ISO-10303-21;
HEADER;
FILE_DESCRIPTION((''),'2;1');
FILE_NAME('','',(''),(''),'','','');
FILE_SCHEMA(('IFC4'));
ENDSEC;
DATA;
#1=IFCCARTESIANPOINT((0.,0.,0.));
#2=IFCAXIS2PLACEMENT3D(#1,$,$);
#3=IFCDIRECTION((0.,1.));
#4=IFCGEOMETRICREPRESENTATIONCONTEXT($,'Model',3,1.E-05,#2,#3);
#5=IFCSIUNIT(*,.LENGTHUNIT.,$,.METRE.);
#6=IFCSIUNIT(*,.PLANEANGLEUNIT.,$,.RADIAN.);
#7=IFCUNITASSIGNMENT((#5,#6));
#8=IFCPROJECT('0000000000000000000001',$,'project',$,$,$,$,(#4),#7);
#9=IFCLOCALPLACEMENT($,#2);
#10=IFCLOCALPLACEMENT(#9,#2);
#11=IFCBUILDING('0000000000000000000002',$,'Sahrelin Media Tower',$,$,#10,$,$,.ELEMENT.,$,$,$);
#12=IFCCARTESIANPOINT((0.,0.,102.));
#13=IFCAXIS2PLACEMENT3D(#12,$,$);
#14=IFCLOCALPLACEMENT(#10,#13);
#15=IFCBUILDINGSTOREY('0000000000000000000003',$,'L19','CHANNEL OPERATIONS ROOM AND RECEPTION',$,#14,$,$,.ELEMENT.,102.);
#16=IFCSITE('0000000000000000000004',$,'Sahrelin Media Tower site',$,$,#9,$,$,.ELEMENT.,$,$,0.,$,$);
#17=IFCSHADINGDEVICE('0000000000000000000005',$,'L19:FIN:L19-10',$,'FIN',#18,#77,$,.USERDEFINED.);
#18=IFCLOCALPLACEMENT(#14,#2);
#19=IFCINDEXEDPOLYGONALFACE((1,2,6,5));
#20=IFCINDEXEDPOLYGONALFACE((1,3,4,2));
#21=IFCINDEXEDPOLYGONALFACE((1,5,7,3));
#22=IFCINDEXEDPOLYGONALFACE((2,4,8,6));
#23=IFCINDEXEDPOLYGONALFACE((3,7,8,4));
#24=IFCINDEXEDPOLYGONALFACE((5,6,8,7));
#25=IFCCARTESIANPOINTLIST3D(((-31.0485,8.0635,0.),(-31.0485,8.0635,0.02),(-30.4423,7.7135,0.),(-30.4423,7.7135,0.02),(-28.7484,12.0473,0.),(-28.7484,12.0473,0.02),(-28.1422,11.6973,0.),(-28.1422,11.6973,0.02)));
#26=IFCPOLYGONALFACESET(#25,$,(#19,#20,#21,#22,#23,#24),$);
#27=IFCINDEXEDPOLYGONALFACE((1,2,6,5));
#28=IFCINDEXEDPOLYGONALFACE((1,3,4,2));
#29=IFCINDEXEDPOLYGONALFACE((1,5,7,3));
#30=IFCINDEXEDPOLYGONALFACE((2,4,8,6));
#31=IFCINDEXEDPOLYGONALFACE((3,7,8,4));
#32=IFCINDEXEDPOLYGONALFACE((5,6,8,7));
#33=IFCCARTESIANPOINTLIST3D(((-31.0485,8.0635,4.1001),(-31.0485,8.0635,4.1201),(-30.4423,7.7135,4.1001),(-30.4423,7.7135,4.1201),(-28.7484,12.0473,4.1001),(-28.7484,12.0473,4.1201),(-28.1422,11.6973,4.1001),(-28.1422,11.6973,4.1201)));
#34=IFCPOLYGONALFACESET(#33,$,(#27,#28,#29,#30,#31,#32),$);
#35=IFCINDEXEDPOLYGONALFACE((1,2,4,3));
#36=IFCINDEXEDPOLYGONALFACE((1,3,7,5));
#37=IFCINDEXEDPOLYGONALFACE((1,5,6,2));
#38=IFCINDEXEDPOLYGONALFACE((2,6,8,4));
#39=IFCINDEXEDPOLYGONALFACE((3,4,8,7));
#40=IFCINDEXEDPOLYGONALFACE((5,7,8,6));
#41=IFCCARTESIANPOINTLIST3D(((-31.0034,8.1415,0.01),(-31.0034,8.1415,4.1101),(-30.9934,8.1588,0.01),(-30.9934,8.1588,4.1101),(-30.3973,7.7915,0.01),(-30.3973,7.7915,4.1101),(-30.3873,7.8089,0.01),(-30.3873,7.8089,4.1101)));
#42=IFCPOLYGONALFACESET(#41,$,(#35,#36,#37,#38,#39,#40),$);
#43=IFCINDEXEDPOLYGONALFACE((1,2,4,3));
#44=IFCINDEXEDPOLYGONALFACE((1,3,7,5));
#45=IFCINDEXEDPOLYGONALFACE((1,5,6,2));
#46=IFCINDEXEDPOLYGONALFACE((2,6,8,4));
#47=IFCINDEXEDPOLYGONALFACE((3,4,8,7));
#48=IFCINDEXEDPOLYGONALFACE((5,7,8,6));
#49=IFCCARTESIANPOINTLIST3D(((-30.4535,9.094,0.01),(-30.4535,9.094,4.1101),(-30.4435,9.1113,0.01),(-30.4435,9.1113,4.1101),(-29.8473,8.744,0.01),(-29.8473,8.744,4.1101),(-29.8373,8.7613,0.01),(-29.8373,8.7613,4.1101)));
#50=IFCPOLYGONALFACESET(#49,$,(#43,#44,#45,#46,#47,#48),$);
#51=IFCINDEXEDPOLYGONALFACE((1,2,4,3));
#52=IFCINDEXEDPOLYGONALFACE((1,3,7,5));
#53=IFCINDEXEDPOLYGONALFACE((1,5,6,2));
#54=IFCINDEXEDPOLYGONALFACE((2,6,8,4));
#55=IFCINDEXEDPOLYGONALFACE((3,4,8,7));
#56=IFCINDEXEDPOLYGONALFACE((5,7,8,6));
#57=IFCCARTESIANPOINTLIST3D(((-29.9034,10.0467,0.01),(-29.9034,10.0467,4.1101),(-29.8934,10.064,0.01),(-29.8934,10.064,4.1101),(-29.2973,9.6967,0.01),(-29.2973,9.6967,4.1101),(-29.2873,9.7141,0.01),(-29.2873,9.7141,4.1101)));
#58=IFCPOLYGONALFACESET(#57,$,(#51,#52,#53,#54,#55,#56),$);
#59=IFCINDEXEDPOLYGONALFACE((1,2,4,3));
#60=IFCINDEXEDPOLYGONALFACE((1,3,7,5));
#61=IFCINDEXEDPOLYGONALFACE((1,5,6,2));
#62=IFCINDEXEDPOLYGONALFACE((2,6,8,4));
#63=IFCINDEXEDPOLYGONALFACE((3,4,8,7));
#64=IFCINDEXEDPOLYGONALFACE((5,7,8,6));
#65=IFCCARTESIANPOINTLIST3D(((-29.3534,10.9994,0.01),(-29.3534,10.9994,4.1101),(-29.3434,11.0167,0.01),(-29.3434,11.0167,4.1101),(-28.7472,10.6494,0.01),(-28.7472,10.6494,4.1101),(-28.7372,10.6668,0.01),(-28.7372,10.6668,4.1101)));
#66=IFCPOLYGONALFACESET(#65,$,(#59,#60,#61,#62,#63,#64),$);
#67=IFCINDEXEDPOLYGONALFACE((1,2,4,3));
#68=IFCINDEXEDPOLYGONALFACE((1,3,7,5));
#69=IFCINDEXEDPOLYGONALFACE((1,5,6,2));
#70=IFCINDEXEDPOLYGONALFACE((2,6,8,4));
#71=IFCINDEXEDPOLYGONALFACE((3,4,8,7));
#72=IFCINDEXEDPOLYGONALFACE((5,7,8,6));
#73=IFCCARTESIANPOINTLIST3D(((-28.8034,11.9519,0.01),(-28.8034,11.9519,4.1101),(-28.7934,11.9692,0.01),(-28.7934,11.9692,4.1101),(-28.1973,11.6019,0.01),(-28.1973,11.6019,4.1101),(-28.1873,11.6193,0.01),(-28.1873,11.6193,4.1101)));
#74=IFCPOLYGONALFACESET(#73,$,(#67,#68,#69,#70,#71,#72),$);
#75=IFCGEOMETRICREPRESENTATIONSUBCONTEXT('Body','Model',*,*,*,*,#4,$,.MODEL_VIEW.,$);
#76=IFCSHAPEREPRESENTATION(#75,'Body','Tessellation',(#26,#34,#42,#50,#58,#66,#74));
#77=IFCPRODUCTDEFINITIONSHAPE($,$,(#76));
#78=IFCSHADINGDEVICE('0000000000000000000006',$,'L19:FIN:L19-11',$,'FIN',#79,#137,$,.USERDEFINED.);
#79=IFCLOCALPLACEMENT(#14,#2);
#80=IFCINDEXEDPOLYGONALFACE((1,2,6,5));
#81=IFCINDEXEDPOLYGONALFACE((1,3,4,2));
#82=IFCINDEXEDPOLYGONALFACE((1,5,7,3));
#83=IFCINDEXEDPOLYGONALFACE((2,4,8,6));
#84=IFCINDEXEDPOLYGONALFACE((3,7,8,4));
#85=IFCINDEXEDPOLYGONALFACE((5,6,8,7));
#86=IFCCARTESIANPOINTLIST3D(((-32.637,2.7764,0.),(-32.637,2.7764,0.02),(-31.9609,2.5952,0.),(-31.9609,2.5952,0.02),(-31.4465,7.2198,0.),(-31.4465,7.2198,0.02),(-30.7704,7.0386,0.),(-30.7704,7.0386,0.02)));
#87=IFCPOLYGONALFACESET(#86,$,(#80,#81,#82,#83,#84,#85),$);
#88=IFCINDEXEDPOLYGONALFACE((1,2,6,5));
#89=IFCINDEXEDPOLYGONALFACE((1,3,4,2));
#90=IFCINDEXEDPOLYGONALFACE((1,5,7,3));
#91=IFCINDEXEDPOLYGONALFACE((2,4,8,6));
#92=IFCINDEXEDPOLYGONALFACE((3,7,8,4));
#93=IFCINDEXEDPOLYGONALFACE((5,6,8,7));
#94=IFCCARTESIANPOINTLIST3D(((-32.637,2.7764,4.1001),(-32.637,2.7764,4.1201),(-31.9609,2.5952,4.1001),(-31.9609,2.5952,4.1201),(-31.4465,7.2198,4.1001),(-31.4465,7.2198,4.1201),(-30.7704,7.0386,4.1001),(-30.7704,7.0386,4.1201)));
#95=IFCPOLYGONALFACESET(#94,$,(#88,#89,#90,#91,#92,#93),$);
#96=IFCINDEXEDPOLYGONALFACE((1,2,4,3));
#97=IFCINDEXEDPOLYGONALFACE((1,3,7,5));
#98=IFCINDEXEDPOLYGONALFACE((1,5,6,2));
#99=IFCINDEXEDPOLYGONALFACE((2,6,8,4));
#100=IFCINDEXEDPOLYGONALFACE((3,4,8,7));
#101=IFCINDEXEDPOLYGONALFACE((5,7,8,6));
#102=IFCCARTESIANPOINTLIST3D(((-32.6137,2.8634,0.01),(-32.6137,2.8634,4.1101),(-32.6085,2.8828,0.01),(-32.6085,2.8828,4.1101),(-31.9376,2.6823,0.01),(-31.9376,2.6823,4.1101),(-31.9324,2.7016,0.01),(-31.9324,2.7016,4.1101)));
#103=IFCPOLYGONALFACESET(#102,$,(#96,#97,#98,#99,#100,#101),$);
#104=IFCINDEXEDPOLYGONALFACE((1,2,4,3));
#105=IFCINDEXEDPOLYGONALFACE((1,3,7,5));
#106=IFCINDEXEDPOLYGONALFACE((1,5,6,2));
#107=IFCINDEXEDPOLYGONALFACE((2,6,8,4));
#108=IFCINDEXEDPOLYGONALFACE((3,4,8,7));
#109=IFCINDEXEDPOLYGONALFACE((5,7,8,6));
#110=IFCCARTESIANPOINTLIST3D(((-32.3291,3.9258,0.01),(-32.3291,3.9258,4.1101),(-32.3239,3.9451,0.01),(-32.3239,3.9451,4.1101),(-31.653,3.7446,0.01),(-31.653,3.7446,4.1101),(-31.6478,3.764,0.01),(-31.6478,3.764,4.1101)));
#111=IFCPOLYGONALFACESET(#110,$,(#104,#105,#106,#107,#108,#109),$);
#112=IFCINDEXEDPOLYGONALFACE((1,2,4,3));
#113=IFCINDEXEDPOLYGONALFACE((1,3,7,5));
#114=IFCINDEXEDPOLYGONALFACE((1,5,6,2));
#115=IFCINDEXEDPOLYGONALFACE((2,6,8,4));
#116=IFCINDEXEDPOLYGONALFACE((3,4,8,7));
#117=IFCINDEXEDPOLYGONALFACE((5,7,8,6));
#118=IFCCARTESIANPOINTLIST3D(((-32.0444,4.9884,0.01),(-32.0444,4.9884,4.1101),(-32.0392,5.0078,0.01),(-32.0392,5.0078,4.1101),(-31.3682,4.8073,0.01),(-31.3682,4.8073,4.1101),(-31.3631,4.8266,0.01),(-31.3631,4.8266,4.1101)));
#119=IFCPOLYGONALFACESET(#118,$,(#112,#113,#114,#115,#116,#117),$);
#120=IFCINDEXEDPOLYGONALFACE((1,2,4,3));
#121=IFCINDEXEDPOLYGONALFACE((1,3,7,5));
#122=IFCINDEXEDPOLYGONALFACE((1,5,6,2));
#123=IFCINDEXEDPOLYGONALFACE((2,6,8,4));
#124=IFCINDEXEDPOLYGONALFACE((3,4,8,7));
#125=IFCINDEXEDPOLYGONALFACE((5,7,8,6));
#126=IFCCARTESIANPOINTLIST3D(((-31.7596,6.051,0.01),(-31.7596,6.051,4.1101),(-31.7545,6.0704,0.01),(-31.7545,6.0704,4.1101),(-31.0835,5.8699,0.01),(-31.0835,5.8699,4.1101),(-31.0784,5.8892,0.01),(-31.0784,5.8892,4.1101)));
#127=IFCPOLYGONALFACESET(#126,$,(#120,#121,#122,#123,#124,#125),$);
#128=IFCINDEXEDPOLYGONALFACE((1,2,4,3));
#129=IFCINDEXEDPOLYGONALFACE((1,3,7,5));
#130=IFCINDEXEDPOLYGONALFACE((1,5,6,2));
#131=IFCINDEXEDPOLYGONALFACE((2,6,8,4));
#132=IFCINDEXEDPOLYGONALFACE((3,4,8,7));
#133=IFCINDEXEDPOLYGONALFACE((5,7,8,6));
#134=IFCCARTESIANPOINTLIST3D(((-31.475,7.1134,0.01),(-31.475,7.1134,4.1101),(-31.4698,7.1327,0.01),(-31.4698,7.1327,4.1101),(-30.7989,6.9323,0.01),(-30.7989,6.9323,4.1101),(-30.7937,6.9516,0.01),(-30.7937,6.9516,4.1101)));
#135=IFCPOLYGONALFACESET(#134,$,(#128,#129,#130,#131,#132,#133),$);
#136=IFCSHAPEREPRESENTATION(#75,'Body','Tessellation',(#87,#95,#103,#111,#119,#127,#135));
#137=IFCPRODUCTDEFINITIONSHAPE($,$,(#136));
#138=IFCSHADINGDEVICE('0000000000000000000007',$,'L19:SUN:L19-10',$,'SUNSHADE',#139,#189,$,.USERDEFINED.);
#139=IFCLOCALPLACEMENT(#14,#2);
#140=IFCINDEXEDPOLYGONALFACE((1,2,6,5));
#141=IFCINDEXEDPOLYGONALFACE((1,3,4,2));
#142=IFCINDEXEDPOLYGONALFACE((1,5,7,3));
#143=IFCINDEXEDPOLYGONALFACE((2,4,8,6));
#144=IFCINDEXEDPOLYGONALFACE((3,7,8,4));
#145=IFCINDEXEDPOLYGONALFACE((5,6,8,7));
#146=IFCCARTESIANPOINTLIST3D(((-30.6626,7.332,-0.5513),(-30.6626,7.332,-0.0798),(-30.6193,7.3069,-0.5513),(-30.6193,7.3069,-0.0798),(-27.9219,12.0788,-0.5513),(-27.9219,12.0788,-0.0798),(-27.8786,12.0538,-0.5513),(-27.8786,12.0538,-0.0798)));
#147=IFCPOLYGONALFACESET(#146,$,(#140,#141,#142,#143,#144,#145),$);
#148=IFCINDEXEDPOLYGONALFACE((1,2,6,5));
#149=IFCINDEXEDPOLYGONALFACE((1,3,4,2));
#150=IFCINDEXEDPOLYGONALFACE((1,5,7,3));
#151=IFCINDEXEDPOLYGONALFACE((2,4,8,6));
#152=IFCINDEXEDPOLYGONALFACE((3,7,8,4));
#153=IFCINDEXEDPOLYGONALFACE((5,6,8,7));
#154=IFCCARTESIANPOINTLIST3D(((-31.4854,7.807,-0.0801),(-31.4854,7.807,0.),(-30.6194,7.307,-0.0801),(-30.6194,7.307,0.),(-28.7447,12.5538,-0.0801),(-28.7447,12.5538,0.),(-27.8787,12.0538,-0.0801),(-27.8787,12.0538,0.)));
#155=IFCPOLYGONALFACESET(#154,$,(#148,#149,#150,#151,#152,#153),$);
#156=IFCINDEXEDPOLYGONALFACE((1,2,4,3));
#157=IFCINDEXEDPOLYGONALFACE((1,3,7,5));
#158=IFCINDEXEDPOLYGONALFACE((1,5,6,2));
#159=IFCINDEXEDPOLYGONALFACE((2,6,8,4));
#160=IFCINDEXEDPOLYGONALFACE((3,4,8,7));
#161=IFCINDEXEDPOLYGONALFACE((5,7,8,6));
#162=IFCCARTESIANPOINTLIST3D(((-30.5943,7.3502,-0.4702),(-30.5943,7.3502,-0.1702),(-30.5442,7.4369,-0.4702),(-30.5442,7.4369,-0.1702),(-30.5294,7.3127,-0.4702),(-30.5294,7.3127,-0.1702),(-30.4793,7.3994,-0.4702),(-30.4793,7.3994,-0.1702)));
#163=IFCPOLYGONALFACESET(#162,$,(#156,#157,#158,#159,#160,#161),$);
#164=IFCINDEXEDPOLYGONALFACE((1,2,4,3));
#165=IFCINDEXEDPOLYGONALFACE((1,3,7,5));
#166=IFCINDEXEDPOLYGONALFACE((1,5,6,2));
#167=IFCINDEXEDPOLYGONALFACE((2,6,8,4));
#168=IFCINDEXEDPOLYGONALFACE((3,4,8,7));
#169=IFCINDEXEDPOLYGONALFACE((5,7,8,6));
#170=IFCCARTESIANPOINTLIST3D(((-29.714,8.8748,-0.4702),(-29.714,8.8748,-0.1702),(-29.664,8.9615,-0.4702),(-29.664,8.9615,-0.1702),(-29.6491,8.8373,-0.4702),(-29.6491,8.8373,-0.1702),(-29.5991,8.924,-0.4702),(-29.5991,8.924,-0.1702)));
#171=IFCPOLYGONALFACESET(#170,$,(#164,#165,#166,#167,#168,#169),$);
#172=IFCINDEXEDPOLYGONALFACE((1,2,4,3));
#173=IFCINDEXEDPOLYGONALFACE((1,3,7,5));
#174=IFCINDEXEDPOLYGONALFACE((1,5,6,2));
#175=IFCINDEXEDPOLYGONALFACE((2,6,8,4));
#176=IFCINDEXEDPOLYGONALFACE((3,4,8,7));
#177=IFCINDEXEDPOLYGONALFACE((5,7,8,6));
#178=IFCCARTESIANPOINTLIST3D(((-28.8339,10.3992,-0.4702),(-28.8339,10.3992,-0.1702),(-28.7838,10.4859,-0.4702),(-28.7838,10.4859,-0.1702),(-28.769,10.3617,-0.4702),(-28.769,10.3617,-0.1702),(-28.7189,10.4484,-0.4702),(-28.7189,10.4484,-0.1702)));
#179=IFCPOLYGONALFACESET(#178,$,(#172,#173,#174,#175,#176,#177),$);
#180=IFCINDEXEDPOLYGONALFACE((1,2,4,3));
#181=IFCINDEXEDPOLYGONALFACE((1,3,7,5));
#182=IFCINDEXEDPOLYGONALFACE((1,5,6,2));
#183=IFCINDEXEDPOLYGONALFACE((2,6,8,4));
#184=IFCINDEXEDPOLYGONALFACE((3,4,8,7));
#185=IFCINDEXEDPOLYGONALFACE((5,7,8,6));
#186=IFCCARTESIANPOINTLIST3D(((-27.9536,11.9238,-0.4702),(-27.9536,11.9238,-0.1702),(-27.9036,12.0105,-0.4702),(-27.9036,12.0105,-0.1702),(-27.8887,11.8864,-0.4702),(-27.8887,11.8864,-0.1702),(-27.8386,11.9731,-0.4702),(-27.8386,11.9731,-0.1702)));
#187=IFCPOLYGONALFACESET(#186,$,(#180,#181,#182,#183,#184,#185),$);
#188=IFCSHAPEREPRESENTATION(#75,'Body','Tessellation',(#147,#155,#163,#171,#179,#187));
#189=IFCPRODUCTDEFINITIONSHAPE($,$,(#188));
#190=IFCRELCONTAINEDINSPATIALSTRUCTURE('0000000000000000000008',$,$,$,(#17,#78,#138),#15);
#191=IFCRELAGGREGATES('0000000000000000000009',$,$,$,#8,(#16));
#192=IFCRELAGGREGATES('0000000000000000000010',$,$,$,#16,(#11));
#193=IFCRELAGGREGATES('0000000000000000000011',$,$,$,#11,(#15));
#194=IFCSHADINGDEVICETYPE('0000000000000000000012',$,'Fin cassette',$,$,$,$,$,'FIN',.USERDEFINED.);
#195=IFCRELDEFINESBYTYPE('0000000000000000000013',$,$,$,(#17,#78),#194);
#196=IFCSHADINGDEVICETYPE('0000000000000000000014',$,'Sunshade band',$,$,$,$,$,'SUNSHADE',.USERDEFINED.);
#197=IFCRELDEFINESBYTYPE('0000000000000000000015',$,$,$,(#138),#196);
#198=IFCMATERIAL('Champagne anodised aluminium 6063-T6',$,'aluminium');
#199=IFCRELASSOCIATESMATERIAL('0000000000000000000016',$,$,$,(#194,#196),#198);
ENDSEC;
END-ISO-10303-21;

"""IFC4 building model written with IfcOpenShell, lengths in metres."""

from ifc_helpers import new_model, si_unit, direction, frame, origin, origin_2d, place, context, subcontext, project, spatial, rectangle, extrude, material, type_object, element, save


model = new_model("IFC4")

# Units and contexts
model_context = context("Model", 3, precision=1e-05, world=origin(), true_north=direction((0.0, 1.0)))
body_context = subcontext(model_context, "Body", "Model", "MODEL_VIEW")
ifc_project = project(units=[si_unit("LENGTHUNIT", "METRE"), si_unit("PLANEANGLEUNIT", "RADIAN")], contexts=[model_context])

# Site, building, storey
site_placement = place(None, origin())
site = spatial("IfcSite", under=ifc_project, at=site_placement, Name="Sahrelin Media Tower site", CompositionType="ELEMENT", RefElevation=0.0)
building_placement = place(site_placement, origin())
building = spatial("IfcBuilding", under=site, at=building_placement, Name="Sahrelin Media Tower", CompositionType="ELEMENT")
storey_placement = place(building_placement, frame((0.0, 0.0, 102.0)))
storey = spatial("IfcBuildingStorey", under=building, at=storey_placement, Name="L19", Description="CHANNEL OPERATIONS ROOM AND RECEPTION", CompositionType="ELEMENT", Elevation=102.0)

# Shared definitions
ifc_material_1 = material(Name="Champagne anodised aluminium 6063-T6", Category="aluminium")

# Shading devices
shading_device_type_1 = type_object("IfcShadingDeviceType", Name="Fin cassette", ElementType="FIN", PredefinedType="USERDEFINED", material=ifc_material_1)
placement_1 = place(storey_placement, frame((-29.2317, 9.6704, 0.0), z_axis=(0.0, 0.0, 1.0), x_axis=(0.500011, 0.866019, 0.0)))
element("IfcShadingDevice", 1, at=placement_1, inside=storey, type_object=shading_device_type_1, Name="L19:FIN:L19-10", ObjectType="FIN", PredefinedType="USERDEFINED", context=body_context, shape_type="SweptSolid", body=[
    extrude(rectangle(XDim=4.6001, YDim=0.7, at=origin_2d()), frame((0.0, 0.4199, 0.0)), (0.0, 0.0, 1.0), 0.02),
    extrude(rectangle(XDim=4.6001, YDim=0.7, at=origin_2d()), frame((0.0, 0.4199, 4.1001)), (0.0, 0.0, 1.0), 0.02),
    extrude(rectangle(XDim=0.02, YDim=0.7, at=origin_2d()), frame((-2.2, 0.4199, 0.01), z_axis=(0.0, 0.0, 1.0), x_axis=(1.0, 0.0, 0.0)), (0.0, 0.0, 1.0), 4.1001),
    extrude(rectangle(XDim=0.02, YDim=0.7, at=origin_2d()), frame((-1.1001, 0.4199, 0.01), z_axis=(0.0, 0.0, 1.0), x_axis=(1.0, 0.0, 0.0)), (0.0, 0.0, 1.0), 4.1001),
    extrude(rectangle(XDim=0.02, YDim=0.7, at=origin_2d()), frame((0.0, 0.4199, 0.01), z_axis=(0.0, 0.0, 1.0), x_axis=(1.0, 0.0, 0.0)), (0.0, 0.0, 1.0), 4.1001),
    extrude(rectangle(XDim=0.02, YDim=0.7, at=origin_2d()), frame((1.1001, 0.4199, 0.01), z_axis=(0.0, 0.0, 1.0), x_axis=(1.0, 0.0, 0.0)), (0.0, 0.0, 1.0), 4.1001),
    extrude(rectangle(XDim=0.02, YDim=0.7, at=origin_2d()), frame((2.2, 0.4199, 0.01), z_axis=(0.0, 0.0, 1.0), x_axis=(1.0, 0.0, 0.0)), (0.0, 0.0, 1.0), 4.1001),
])
placement_2 = place(storey_placement, frame((-31.2981, 4.7988, 0.0), z_axis=(0.0, 0.0, 1.0), x_axis=(0.258808, 0.965929, 0.0)))
element("IfcShadingDevice", 2, at=placement_2, inside=storey, type_object=shading_device_type_1, Name="L19:FIN:L19-11", ObjectType="FIN", PredefinedType="USERDEFINED", context=body_context, shape_type="SweptSolid", body=[
    extrude(rectangle(XDim=4.6001, YDim=0.7, at=origin_2d()), frame((0.0, 0.4199, 0.0)), (0.0, 0.0, 1.0), 0.02),
    extrude(rectangle(XDim=4.6001, YDim=0.7, at=origin_2d()), frame((0.0, 0.4199, 4.1001)), (0.0, 0.0, 1.0), 0.02),
    extrude(rectangle(XDim=0.02, YDim=0.7, at=origin_2d()), frame((-2.2, 0.4199, 0.01), z_axis=(0.0, 0.0, 1.0), x_axis=(1.0, 0.0, 0.0)), (0.0, 0.0, 1.0), 4.1001),
    extrude(rectangle(XDim=0.02, YDim=0.7, at=origin_2d()), frame((-1.1001, 0.4199, 0.01), z_axis=(0.0, 0.0, 1.0), x_axis=(1.0, 0.0, 0.0)), (0.0, 0.0, 1.0), 4.1001),
    extrude(rectangle(XDim=0.02, YDim=0.7, at=origin_2d()), frame((0.0, 0.4199, 0.01), z_axis=(0.0, 0.0, 1.0), x_axis=(1.0, 0.0, 0.0)), (0.0, 0.0, 1.0), 4.1001),
    extrude(rectangle(XDim=0.02, YDim=0.7, at=origin_2d()), frame((1.1001, 0.4199, 0.01), z_axis=(0.0, 0.0, 1.0), x_axis=(1.0, 0.0, 0.0)), (0.0, 0.0, 1.0), 4.1001),
    extrude(rectangle(XDim=0.02, YDim=0.7, at=origin_2d()), frame((2.2, 0.4199, 0.01), z_axis=(0.0, 0.0, 1.0), x_axis=(1.0, 0.0, 0.0)), (0.0, 0.0, 1.0), 4.1001),
])
shading_device_type_2 = type_object("IfcShadingDeviceType", Name="Sunshade band", ElementType="SUNSHADE", PredefinedType="USERDEFINED", material=ifc_material_1)
element("IfcShadingDevice", 3, at=placement_1, inside=storey, type_object=shading_device_type_2, Name="L19:SUN:L19-10", ObjectType="SUNSHADE", PredefinedType="USERDEFINED", context=body_context, shape_type="SweptSolid", body=[
    extrude(rectangle(XDim=5.4812, YDim=0.05, at=origin_2d()), frame((0.0, 0.0449, -0.5513)), (0.0, 0.0, 1.0), 0.4714),
    extrude(rectangle(XDim=5.4812, YDim=1.0, at=origin_2d()), frame((0.0, 0.52, -0.0801)), (0.0, 0.0, 1.0), 0.0801),
    extrude(rectangle(XDim=0.1001, YDim=0.075, at=origin_2d()), frame((-2.6406, -0.0176, -0.4702)), (0.0, 0.0, 1.0), 0.3),
    extrude(rectangle(XDim=0.1001, YDim=0.075, at=origin_2d()), frame((-0.8801, -0.0176, -0.4702)), (0.0, 0.0, 1.0), 0.3),
    extrude(rectangle(XDim=0.1001, YDim=0.075, at=origin_2d()), frame((0.8801, -0.0176, -0.4702)), (0.0, 0.0, 1.0), 0.3),
    extrude(rectangle(XDim=0.1001, YDim=0.075, at=origin_2d()), frame((2.6406, -0.0176, -0.4702)), (0.0, 0.0, 1.0), 0.3),
])

save(model, "model.ifc")
